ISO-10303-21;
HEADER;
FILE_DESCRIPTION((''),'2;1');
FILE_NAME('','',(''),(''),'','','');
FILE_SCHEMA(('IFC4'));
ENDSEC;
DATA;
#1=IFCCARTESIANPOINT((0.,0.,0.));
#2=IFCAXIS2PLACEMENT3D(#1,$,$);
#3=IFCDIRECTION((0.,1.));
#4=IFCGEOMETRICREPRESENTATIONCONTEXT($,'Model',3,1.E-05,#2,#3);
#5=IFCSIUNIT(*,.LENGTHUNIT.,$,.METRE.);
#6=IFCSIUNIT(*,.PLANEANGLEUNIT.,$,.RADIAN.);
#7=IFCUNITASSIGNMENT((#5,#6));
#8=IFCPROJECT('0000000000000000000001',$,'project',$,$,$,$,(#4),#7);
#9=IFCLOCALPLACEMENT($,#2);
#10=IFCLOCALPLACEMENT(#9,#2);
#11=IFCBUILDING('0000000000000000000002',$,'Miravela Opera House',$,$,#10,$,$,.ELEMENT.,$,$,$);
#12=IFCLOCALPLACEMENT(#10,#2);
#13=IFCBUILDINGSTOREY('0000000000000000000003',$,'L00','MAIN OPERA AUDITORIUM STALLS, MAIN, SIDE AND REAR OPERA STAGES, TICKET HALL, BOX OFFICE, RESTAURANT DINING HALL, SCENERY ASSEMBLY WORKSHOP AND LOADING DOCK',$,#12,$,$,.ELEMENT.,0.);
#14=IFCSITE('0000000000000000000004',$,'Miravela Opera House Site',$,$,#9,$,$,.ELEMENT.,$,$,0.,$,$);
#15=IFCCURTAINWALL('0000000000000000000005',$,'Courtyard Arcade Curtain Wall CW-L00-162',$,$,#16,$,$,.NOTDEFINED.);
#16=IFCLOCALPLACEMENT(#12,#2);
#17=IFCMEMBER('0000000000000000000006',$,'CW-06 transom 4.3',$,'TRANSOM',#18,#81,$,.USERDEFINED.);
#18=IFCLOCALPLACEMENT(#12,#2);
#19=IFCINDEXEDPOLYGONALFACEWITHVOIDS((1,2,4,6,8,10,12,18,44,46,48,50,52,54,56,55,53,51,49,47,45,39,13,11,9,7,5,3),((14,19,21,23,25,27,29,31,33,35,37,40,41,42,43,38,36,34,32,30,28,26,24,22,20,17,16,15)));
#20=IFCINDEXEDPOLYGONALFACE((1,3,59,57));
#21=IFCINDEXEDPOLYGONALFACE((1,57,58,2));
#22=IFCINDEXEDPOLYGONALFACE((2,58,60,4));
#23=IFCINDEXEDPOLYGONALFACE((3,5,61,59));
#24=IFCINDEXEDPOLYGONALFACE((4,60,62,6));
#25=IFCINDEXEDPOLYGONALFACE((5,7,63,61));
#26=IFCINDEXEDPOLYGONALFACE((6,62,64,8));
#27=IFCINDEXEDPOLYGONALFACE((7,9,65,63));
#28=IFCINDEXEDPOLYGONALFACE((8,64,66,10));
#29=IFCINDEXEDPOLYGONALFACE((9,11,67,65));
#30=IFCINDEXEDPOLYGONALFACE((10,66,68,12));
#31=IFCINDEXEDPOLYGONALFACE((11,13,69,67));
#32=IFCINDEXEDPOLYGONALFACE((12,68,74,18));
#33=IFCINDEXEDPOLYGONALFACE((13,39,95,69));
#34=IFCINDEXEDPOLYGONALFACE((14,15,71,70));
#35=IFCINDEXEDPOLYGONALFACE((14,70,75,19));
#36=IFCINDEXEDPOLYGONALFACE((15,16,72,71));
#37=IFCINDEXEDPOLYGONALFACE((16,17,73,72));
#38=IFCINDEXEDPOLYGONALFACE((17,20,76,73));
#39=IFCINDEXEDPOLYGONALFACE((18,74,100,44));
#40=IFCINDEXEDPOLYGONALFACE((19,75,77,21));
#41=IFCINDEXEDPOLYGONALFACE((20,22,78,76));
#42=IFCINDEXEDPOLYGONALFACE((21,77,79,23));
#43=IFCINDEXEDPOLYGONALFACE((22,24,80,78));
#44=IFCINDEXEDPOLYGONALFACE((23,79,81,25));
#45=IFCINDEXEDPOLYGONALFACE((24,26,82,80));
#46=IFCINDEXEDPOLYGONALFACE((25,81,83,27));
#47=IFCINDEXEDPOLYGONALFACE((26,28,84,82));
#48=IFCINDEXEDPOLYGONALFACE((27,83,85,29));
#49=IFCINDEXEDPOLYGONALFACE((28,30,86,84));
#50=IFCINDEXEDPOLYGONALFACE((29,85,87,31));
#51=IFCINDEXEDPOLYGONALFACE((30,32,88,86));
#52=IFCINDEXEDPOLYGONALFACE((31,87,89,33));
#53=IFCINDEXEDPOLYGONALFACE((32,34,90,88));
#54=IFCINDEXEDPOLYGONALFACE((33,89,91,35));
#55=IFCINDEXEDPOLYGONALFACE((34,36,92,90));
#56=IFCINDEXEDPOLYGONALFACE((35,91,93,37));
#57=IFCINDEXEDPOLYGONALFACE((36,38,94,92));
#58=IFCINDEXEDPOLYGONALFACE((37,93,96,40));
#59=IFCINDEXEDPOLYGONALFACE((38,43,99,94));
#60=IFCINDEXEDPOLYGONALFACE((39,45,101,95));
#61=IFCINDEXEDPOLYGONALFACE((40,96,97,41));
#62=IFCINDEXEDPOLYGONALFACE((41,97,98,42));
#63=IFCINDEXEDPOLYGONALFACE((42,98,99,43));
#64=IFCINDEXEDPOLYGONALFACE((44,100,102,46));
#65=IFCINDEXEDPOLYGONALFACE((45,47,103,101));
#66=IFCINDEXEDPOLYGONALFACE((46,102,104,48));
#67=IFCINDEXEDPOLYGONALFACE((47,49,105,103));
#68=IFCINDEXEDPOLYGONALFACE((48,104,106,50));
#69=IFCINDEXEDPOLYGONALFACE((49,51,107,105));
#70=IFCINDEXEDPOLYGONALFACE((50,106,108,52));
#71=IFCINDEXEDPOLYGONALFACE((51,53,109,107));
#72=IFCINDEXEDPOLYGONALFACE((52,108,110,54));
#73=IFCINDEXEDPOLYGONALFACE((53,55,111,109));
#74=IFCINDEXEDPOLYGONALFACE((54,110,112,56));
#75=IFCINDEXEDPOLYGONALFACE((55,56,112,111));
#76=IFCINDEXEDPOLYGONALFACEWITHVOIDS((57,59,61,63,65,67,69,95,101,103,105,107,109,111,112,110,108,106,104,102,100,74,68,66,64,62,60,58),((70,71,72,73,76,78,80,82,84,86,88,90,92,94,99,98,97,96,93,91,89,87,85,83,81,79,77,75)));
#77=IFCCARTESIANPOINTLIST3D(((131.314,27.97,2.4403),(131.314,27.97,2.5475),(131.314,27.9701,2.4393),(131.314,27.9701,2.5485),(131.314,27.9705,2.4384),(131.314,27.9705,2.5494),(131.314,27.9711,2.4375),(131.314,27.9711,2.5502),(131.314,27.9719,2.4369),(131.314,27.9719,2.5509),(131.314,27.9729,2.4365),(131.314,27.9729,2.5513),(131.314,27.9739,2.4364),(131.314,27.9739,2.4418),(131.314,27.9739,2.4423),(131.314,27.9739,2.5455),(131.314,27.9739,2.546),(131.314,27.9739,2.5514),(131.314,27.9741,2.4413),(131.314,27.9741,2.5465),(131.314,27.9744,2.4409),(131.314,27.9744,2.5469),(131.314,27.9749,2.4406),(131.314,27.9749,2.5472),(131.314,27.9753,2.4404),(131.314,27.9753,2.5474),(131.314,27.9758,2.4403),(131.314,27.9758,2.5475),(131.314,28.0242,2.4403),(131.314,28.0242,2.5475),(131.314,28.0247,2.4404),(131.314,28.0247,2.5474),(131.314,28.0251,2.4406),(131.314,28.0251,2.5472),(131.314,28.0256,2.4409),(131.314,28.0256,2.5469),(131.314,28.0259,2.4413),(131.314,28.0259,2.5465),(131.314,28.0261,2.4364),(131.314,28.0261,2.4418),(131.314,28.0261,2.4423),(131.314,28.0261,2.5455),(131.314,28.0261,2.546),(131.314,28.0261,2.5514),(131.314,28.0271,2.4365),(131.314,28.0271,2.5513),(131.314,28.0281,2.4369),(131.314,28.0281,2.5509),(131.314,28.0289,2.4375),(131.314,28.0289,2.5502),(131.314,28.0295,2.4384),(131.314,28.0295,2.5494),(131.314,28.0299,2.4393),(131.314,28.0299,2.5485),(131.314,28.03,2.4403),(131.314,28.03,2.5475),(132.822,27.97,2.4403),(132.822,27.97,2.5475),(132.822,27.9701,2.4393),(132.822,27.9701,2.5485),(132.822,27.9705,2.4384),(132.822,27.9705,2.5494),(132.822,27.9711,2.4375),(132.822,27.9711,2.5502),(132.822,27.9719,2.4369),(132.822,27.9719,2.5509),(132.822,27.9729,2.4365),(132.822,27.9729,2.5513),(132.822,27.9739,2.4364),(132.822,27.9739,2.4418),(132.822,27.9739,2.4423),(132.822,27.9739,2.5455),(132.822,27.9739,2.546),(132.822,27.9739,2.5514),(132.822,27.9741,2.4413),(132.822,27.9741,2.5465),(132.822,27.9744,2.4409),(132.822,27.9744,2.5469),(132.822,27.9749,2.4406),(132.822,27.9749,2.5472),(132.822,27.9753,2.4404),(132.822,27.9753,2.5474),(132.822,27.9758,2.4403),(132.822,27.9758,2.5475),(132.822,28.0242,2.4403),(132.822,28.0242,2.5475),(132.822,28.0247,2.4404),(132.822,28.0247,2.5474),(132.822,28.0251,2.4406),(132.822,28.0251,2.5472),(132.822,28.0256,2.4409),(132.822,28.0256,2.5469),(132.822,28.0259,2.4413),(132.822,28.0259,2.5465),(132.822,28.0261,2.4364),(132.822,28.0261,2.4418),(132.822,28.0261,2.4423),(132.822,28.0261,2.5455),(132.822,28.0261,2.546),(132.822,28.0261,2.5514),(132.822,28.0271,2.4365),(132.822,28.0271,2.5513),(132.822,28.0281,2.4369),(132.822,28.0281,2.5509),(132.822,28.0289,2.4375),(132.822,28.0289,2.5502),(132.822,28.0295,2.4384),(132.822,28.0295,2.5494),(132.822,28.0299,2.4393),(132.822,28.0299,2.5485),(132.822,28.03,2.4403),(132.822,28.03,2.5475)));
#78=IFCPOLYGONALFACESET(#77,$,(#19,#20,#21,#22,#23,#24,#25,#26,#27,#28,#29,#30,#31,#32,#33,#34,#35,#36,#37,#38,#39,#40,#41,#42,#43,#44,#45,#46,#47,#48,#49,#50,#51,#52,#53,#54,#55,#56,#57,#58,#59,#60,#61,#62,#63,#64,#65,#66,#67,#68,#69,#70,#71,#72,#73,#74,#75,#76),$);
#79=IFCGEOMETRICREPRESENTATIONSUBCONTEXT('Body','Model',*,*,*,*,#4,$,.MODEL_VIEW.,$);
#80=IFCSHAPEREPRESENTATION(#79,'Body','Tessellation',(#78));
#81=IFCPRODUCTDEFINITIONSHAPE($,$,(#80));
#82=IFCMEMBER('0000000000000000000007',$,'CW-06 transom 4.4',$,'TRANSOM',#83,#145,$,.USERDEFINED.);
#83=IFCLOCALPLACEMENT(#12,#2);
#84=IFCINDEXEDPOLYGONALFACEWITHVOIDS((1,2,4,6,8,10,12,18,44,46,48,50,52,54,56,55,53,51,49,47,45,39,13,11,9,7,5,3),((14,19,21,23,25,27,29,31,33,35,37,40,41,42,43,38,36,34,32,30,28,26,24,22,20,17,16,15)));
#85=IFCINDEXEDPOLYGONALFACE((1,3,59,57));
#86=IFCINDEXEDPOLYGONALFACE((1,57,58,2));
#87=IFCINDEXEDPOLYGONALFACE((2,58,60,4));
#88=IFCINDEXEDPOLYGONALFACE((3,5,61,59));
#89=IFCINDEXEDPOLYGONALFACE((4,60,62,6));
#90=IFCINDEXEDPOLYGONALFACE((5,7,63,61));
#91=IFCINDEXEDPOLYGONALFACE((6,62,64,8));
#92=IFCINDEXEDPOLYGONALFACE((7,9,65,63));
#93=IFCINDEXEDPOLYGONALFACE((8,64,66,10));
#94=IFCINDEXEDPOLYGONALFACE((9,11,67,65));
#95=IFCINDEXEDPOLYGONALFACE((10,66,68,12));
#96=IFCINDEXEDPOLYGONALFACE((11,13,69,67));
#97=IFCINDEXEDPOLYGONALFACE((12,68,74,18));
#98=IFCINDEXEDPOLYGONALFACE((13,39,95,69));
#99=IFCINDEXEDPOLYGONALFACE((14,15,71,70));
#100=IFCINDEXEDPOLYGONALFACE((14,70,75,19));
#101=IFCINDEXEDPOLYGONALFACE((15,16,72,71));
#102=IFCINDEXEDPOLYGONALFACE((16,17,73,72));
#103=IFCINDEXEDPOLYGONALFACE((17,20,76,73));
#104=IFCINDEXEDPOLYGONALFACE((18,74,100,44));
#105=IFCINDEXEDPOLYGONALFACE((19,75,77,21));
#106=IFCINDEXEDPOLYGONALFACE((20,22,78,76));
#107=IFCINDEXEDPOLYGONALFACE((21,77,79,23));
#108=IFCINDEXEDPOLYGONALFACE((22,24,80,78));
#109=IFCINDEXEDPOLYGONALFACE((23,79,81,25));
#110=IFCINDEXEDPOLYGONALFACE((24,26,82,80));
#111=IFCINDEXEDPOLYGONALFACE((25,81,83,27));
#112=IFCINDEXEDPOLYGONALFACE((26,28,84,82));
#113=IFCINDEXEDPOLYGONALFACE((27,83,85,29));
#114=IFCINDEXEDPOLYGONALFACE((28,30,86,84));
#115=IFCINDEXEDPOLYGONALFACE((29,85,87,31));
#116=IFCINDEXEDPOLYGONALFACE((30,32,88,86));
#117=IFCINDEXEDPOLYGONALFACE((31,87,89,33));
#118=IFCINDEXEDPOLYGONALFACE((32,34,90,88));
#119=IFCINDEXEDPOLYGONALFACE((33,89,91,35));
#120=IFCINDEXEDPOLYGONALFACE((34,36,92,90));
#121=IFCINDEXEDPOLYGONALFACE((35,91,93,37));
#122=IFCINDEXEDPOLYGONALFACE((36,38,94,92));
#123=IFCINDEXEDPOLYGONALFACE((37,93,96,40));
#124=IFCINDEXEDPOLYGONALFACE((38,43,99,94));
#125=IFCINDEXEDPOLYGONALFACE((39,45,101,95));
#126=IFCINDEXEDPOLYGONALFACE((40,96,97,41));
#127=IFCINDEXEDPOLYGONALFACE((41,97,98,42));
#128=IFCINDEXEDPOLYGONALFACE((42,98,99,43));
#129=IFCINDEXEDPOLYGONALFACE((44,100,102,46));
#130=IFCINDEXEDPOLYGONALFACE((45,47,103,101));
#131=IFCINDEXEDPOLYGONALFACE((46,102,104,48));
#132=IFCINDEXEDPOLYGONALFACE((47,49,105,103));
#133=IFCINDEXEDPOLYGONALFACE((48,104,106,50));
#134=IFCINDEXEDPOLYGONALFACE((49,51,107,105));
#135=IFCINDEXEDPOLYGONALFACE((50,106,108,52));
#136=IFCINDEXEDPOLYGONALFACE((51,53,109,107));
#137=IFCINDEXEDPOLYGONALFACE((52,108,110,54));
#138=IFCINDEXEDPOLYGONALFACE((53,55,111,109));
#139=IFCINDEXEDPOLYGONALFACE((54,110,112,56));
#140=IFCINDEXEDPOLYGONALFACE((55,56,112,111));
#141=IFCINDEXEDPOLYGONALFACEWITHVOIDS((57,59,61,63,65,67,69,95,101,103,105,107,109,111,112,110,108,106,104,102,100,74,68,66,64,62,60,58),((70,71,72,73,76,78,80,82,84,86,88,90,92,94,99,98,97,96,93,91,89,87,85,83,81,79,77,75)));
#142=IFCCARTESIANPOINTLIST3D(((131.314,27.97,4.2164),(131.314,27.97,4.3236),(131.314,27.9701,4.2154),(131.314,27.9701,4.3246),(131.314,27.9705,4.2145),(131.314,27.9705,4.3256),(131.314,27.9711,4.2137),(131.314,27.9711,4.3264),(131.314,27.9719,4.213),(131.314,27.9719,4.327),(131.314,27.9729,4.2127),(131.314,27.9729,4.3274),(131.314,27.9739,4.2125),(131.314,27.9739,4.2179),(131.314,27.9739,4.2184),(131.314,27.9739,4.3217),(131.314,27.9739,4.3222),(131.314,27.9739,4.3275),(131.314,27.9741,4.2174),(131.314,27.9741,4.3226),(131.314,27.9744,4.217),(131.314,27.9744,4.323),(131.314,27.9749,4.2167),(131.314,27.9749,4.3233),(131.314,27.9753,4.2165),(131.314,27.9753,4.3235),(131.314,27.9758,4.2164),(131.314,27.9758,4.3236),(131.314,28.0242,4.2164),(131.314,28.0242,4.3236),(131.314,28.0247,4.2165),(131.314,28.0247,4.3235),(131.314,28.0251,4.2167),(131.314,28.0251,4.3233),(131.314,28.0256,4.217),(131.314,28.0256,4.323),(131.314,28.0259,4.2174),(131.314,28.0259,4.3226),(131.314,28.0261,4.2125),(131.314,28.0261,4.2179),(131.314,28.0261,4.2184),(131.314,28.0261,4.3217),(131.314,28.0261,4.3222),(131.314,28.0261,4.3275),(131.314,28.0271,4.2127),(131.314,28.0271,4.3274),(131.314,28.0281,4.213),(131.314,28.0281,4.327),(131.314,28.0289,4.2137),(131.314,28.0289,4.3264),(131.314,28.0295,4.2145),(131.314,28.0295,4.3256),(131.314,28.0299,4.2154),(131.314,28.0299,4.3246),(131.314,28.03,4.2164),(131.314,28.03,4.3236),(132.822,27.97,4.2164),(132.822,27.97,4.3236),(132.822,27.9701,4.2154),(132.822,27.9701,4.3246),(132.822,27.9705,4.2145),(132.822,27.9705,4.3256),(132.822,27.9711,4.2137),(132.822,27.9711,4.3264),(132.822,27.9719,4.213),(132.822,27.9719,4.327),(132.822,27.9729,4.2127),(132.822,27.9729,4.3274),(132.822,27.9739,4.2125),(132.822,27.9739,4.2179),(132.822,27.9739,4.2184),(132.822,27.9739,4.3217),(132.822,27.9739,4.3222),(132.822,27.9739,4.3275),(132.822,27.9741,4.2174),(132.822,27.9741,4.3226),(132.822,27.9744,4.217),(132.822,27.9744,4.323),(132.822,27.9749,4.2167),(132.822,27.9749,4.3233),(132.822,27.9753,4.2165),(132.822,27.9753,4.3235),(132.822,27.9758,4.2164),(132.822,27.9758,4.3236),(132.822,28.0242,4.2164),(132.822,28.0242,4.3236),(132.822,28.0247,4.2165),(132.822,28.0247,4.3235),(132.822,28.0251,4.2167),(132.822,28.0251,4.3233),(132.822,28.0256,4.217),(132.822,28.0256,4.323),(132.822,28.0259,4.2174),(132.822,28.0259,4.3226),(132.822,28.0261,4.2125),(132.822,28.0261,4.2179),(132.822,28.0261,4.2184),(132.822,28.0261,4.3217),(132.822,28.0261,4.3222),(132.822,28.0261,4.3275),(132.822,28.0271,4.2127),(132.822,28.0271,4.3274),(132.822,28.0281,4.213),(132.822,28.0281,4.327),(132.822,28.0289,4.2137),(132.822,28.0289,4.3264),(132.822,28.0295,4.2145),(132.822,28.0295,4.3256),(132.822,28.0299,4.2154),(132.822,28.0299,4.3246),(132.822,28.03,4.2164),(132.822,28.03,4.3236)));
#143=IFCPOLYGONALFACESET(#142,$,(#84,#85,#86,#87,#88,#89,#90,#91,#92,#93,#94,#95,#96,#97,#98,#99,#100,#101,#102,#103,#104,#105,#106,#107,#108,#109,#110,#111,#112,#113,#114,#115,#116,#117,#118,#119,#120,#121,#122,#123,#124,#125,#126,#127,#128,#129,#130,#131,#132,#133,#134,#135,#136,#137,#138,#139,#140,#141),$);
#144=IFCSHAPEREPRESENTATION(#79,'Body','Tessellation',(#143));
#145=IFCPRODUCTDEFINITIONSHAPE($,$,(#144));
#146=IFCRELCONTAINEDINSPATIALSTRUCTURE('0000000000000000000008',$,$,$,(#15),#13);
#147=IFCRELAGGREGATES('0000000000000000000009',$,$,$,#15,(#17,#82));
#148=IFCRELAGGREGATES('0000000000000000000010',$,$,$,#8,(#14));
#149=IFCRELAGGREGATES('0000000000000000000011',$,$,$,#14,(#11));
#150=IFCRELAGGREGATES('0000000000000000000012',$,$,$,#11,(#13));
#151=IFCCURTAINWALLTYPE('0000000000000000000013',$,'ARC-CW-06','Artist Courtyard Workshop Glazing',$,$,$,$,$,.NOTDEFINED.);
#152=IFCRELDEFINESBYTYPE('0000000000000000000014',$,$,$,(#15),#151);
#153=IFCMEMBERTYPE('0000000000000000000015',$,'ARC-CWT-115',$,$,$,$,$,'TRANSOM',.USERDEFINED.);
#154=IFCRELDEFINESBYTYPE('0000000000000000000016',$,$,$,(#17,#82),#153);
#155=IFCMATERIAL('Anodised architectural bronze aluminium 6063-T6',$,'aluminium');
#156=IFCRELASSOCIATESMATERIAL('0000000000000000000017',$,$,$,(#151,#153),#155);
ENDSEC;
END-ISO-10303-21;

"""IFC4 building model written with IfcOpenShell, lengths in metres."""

from ifc_helpers import new_model, si_unit, direction, frame, origin, origin_2d, place, context, subcontext, project, spatial, hollow_rectangle, extrude, material, material_profile, profile_set, type_object, element, aggregate, save


model = new_model("IFC4")

# Units and contexts
model_context = context("Model", 3, precision=1e-05, world=origin(), true_north=direction((0.0, 1.0)))
body_context = subcontext(model_context, "Body", "Model", "MODEL_VIEW")
ifc_project = project(units=[si_unit("LENGTHUNIT", "METRE"), si_unit("PLANEANGLEUNIT", "RADIAN")], contexts=[model_context])

# Site, building, storey
site_placement = place(None, origin())
site = spatial("IfcSite", under=ifc_project, at=site_placement, Name="Miravela Opera House Site", CompositionType="ELEMENT", RefElevation=0.0)
building_placement = place(site_placement, origin())
building = spatial("IfcBuilding", under=site, at=building_placement, Name="Miravela Opera House", CompositionType="ELEMENT")
storey_placement = place(building_placement, origin())
storey = spatial("IfcBuildingStorey", under=building, at=storey_placement, Name="L00", Description="MAIN OPERA AUDITORIUM STALLS, MAIN, SIDE AND REAR OPERA STAGES, TICKET HALL, BOX OFFICE, RESTAURANT DINING HALL, SCENERY ASSEMBLY WORKSHOP AND LOADING DOCK", CompositionType="ELEMENT", Elevation=0.0)

# Curtain wall, members
ifc_material_1 = material(Name="Anodised architectural bronze aluminium 6063-T6", Category="aluminium")
curtain_wall_type = type_object("IfcCurtainWallType", Name="ARC-CW-06", Description="Artist Courtyard Workshop Glazing", PredefinedType="NOTDEFINED", material=ifc_material_1)
curtain_wall_placement = place(storey_placement, origin())
curtain_wall = element("IfcCurtainWall", 1, at=curtain_wall_placement, inside=storey, type_object=curtain_wall_type, Name="Courtyard Arcade Curtain Wall CW-L00-162", PredefinedType="NOTDEFINED")
ifc_material_profile_1 = material_profile(ifc_material_1, hollow_rectangle(XDim=0.0601, YDim=0.115, WallThickness=0.0039, InnerFilletRadius=0.002, OuterFilletRadius=0.0039, at=origin_2d()), Name="CWT-60X115")
ifc_profile_set_1 = profile_set([ifc_material_profile_1])
member_type_1 = type_object("IfcMemberType", Name="ARC-CWT-115", ElementType="TRANSOM", PredefinedType="USERDEFINED", material=ifc_profile_set_1)
member_1_placement = place(storey_placement, frame((131.314, 28.0, 2.4939), z_axis=(1.0, 0.0, 0.0), x_axis=(0.0, 1.0, 0.0)))
member_1 = element("IfcMember", 2, at=member_1_placement, type_object=member_type_1, Name="CW-06 transom 4.3", ObjectType="TRANSOM", PredefinedType="USERDEFINED", context=body_context, shape_type="SweptSolid", body=[
    extrude(hollow_rectangle(XDim=0.0601, YDim=0.115, WallThickness=0.0039, InnerFilletRadius=0.002, OuterFilletRadius=0.0039, at=origin_2d()), origin(), (0.0, 0.0, 1.0), 1.5081),
])
member_2_placement = place(storey_placement, frame((131.314, 28.0, 4.27), z_axis=(1.0, 0.0, 0.0), x_axis=(0.0, 1.0, 0.0)))
member_2 = element("IfcMember", 3, at=member_2_placement, type_object=member_type_1, Name="CW-06 transom 4.4", ObjectType="TRANSOM", PredefinedType="USERDEFINED", context=body_context, shape_type="SweptSolid", body=[
    extrude(hollow_rectangle(XDim=0.0601, YDim=0.115, WallThickness=0.0039, InnerFilletRadius=0.002, OuterFilletRadius=0.0039, at=origin_2d()), origin(), (0.0, 0.0, 1.0), 1.5081),
])

aggregate(curtain_wall, [member_1, member_2])

save(model, "model.ifc")
